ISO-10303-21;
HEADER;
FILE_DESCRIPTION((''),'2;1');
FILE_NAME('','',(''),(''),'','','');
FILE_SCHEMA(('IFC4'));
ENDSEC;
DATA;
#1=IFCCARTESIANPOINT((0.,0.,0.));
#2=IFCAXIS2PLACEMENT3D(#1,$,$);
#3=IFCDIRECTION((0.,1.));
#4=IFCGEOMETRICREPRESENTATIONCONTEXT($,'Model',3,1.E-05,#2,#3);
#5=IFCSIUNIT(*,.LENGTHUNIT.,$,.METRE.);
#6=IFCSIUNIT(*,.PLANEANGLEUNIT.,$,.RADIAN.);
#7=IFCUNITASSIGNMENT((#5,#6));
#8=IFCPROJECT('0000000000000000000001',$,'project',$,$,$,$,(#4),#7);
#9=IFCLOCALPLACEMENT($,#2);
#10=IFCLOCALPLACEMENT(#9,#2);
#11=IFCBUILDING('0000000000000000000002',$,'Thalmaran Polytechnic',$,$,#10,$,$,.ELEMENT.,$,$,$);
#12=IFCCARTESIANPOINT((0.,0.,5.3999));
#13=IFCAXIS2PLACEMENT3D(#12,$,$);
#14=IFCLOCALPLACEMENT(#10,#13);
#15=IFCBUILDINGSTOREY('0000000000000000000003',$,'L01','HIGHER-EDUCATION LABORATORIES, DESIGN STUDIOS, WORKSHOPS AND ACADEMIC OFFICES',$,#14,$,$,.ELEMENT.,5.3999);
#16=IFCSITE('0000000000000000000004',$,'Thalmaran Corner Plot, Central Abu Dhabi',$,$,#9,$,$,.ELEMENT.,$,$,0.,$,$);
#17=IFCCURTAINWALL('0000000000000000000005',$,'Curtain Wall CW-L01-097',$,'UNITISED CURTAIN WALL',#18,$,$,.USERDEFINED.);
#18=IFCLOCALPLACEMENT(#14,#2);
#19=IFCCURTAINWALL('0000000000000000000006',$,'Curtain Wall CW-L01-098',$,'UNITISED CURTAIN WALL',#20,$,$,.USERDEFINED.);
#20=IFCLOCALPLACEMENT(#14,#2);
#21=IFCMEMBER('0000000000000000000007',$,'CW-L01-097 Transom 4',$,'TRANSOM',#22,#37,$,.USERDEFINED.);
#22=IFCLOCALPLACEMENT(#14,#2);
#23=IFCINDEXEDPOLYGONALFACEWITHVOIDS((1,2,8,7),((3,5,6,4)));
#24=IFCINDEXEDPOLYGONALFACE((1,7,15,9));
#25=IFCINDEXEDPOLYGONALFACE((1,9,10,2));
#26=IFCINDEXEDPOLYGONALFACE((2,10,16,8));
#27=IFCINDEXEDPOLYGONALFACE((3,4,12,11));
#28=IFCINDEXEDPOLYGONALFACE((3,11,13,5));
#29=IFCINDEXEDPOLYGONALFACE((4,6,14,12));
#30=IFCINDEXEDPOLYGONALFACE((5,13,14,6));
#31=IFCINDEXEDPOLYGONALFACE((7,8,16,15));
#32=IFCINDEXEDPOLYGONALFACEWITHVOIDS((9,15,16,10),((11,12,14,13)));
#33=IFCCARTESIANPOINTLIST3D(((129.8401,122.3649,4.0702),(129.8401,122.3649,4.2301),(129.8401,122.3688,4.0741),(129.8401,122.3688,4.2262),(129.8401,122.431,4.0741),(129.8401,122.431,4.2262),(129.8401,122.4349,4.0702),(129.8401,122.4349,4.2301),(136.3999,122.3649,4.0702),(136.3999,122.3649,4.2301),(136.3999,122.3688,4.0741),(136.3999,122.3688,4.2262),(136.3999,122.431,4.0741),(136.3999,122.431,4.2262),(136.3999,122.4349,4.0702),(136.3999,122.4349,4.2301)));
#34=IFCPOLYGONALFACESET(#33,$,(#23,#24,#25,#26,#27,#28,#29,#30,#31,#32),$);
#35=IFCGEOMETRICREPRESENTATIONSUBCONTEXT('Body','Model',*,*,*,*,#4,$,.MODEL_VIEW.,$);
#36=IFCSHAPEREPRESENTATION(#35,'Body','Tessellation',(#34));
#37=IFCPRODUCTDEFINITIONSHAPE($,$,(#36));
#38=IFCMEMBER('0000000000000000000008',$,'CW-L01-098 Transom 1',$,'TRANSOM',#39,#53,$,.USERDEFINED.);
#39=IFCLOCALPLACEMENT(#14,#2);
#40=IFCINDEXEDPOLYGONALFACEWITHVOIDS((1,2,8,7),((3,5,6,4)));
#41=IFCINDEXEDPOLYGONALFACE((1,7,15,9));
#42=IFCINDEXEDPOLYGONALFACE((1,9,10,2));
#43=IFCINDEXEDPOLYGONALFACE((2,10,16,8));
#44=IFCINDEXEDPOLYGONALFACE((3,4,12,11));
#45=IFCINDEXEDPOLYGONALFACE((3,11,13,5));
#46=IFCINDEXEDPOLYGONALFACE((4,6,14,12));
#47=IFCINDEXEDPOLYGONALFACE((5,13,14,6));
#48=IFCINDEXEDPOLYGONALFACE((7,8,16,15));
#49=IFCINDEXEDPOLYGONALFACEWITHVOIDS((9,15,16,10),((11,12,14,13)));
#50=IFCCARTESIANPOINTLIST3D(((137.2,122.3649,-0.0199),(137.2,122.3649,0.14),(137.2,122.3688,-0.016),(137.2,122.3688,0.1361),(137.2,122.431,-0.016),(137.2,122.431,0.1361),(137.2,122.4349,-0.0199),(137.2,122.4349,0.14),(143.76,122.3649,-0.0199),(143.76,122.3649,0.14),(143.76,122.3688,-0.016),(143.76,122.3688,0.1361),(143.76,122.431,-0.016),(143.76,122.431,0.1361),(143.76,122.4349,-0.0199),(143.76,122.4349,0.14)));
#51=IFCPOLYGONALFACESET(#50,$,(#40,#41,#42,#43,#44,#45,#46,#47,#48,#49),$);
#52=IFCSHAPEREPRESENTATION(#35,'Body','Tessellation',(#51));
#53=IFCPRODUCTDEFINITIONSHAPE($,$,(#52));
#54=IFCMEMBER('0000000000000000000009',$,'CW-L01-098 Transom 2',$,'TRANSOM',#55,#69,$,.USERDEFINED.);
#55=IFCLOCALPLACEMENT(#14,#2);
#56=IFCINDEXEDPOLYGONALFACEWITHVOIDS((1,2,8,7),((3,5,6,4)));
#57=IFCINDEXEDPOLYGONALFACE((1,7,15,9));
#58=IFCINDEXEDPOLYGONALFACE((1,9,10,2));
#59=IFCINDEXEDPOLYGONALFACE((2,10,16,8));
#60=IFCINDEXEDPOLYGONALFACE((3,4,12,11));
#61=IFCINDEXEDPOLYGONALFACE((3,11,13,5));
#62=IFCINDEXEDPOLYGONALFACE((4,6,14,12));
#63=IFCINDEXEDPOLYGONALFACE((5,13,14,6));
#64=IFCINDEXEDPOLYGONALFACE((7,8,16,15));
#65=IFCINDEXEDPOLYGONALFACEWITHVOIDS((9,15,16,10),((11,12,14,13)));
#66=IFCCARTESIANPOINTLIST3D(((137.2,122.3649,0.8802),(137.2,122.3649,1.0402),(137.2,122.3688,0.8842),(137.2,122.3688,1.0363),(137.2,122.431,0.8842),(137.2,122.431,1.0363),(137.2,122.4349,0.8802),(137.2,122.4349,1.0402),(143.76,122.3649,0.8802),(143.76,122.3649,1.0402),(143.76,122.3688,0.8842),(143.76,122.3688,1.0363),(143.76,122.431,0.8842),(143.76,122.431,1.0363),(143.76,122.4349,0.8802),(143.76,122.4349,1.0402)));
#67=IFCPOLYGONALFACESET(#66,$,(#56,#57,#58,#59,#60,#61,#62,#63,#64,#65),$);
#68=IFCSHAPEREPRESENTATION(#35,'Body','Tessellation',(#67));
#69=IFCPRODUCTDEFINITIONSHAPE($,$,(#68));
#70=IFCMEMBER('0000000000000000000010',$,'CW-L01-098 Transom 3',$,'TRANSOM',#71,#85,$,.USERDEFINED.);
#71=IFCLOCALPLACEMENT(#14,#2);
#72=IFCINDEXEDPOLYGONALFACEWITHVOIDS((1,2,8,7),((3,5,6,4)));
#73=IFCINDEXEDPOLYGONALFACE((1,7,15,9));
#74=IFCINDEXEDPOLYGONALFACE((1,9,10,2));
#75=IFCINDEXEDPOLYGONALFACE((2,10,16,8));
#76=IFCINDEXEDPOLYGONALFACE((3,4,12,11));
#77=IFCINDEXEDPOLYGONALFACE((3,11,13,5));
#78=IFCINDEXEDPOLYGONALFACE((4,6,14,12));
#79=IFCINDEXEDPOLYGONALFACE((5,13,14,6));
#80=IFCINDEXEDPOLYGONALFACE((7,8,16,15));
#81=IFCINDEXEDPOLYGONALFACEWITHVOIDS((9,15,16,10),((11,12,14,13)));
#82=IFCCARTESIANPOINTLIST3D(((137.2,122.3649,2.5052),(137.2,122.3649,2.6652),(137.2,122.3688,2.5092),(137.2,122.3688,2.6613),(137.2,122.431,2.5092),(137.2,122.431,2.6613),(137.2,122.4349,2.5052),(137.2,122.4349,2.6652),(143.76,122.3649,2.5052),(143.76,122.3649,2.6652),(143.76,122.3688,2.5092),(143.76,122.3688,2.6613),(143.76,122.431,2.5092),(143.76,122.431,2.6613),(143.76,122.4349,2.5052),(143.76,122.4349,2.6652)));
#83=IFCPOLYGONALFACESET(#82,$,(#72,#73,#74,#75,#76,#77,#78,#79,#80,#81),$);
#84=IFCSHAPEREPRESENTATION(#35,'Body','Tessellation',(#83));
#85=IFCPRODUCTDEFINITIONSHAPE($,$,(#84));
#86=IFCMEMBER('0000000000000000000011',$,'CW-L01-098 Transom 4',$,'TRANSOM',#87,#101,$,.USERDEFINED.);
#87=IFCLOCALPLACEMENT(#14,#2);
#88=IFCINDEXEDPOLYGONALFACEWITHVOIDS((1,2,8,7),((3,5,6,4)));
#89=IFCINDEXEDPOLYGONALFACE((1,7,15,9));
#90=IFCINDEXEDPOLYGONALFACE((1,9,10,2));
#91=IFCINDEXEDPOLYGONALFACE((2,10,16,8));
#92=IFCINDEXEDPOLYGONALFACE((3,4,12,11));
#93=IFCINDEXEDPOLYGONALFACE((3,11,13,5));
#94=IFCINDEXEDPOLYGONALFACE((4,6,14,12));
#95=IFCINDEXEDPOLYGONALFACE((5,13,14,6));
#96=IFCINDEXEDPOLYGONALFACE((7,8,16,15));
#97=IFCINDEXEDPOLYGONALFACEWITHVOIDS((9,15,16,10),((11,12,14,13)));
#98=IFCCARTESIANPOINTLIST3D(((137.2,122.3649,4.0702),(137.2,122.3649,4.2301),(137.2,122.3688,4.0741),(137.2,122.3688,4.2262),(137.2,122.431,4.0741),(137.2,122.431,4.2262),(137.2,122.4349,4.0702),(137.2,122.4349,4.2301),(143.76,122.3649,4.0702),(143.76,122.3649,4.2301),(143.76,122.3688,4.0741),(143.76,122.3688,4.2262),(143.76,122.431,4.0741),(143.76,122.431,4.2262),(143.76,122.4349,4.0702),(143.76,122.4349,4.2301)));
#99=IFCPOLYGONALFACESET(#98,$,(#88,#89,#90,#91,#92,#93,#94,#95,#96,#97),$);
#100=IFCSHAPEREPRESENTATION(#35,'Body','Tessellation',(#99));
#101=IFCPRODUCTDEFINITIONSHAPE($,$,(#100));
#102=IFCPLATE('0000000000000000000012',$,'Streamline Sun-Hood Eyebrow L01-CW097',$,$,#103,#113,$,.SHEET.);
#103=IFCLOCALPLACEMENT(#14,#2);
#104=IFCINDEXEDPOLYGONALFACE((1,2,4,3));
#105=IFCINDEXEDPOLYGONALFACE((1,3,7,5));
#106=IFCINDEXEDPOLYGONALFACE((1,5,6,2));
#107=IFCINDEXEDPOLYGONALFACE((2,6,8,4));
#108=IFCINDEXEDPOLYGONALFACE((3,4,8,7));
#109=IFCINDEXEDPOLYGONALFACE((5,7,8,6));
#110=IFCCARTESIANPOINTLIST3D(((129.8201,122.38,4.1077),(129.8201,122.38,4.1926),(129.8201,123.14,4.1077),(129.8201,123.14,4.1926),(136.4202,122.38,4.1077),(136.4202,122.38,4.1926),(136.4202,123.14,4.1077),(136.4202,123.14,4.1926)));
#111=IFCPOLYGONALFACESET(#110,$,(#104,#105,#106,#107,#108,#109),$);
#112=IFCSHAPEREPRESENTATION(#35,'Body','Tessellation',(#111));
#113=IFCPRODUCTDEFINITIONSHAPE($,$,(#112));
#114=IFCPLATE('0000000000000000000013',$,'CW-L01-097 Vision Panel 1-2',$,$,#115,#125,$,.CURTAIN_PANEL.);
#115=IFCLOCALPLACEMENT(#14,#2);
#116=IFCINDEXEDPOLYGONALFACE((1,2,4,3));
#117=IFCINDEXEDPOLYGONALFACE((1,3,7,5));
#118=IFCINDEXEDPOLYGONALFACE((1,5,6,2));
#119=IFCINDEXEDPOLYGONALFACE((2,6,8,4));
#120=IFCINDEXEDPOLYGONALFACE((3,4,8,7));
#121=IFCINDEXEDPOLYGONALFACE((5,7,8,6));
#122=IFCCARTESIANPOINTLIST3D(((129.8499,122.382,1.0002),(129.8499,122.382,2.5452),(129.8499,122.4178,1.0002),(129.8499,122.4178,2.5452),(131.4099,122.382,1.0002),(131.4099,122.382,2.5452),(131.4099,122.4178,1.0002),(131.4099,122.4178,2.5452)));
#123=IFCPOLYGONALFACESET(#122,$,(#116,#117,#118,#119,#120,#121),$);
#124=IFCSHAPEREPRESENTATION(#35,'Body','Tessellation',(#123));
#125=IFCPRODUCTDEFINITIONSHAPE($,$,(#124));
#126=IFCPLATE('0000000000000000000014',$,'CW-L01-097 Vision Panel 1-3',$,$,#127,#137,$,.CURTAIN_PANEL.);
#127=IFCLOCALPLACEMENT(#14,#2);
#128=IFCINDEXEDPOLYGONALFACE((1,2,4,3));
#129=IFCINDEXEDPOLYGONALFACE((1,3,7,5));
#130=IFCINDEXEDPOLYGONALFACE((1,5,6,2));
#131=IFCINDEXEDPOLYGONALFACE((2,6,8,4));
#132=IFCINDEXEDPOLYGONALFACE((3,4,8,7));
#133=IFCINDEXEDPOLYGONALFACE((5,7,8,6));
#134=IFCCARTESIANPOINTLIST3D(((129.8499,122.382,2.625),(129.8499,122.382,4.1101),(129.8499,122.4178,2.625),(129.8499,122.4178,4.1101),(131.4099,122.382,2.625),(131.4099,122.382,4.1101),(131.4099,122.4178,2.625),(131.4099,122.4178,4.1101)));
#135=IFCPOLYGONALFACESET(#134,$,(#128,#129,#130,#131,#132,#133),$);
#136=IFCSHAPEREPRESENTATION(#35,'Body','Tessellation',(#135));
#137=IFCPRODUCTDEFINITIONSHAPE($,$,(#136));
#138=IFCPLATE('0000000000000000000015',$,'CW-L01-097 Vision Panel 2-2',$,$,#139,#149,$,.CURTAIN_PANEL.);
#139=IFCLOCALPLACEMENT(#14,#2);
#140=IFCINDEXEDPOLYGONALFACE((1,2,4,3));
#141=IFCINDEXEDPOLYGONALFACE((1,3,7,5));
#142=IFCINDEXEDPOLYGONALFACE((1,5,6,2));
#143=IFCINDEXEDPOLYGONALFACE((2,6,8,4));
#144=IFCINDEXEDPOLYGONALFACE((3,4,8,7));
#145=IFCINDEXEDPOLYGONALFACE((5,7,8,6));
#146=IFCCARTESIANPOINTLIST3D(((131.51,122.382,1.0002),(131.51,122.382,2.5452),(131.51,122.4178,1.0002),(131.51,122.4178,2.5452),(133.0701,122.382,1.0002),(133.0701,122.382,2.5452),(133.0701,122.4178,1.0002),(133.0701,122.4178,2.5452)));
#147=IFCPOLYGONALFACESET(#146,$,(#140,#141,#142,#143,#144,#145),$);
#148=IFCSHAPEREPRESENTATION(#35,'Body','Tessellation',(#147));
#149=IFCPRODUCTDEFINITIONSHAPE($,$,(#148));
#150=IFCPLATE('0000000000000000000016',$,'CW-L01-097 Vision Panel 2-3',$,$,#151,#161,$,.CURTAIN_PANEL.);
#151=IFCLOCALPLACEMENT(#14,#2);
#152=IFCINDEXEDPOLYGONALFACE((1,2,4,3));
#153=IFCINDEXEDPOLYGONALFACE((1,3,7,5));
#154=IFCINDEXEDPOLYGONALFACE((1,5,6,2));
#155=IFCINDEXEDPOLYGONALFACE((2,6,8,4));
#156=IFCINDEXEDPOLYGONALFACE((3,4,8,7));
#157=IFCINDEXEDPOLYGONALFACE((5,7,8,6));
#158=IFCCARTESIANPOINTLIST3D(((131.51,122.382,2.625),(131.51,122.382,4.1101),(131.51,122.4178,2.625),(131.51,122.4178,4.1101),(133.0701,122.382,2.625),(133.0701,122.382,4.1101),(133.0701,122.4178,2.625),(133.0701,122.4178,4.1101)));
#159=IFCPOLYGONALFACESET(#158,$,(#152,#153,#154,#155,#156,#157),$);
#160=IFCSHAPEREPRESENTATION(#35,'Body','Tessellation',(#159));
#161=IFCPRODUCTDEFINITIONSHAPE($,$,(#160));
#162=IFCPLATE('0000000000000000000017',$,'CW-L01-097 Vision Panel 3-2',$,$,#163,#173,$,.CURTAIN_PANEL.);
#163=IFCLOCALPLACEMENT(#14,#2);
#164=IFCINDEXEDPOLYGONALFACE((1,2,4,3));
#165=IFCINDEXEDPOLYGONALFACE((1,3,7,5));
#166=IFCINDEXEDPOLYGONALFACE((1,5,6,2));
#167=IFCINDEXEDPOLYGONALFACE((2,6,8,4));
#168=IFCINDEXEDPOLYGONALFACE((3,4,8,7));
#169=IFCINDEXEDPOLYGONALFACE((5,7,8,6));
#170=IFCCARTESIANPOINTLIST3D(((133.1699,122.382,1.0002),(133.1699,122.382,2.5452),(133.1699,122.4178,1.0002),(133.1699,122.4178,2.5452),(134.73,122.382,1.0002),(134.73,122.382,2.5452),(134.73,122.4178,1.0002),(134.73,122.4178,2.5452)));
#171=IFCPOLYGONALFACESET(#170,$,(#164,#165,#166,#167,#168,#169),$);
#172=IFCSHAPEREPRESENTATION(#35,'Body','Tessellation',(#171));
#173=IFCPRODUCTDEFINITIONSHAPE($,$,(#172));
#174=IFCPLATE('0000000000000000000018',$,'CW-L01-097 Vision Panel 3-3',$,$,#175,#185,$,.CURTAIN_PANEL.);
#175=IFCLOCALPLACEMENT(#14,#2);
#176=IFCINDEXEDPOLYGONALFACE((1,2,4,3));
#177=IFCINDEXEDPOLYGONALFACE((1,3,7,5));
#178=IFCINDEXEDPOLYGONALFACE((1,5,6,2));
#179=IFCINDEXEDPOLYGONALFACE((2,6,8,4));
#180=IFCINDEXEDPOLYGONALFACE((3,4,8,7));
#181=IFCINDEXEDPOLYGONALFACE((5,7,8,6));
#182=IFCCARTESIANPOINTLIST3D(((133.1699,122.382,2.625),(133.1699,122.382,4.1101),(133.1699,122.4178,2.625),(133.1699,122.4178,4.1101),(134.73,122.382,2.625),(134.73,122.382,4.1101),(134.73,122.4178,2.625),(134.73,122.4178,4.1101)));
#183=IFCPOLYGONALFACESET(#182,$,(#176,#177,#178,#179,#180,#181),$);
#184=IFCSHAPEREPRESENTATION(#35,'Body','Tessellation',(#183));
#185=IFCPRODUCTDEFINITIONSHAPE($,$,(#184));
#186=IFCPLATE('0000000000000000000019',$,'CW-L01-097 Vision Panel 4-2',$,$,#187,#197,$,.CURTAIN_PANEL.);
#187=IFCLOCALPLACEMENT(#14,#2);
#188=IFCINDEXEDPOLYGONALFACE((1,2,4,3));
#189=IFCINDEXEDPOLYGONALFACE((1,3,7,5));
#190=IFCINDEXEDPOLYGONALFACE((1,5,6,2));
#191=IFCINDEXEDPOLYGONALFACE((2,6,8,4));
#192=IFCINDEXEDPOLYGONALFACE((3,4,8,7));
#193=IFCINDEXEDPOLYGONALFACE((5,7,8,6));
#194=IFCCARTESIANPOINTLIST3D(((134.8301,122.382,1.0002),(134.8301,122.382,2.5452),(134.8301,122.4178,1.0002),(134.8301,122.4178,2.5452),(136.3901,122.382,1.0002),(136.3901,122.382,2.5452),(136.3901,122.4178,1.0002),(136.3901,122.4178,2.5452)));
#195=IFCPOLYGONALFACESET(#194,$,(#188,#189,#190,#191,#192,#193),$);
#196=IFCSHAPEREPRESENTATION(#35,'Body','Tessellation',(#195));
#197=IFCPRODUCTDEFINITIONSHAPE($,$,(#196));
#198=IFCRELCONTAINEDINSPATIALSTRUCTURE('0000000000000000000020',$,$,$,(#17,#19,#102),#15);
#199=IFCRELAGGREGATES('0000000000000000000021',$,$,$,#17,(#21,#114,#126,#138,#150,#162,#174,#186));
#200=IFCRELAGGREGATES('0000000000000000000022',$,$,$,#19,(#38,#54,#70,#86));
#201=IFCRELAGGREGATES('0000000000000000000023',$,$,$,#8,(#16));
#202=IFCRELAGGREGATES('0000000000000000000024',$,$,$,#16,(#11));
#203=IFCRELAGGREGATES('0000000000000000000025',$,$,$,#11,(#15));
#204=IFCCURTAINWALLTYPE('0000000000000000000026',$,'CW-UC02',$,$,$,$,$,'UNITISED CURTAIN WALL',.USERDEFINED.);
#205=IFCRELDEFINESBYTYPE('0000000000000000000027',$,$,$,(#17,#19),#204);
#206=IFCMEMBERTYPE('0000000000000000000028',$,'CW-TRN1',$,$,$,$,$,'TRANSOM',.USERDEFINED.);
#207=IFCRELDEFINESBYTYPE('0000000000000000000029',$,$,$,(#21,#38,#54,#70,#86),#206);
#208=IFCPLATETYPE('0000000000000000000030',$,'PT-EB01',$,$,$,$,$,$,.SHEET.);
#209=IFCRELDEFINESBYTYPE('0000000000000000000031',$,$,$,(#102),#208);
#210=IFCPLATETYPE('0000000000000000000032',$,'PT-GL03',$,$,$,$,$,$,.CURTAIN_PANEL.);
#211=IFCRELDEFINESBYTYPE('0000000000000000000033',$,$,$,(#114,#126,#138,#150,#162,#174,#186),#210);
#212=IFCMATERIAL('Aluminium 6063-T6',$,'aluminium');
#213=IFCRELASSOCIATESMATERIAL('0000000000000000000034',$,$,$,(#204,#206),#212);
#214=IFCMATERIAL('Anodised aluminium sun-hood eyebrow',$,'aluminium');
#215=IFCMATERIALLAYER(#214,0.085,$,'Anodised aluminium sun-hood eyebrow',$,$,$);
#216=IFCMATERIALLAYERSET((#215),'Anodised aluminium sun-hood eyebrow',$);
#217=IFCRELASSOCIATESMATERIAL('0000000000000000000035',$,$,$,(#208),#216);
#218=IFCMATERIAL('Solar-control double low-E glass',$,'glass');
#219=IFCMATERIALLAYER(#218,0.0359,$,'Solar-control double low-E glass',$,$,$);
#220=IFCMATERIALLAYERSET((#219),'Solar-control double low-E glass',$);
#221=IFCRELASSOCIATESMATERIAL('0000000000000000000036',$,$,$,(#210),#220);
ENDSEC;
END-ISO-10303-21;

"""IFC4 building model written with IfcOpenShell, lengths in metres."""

from ifc_helpers import new_model, si_unit, direction, frame, origin, origin_2d, place, context, subcontext, project, spatial, rectangle, hollow_rectangle, extrude, material, layer, layer_set, material_profile, profile_set, type_object, element, aggregate, save


model = new_model("IFC4")

# Units and contexts
model_context = context("Model", 3, precision=1e-05, world=origin(), true_north=direction((0.0, 1.0)))
body_context = subcontext(model_context, "Body", "Model", "MODEL_VIEW")
ifc_project = project(units=[si_unit("LENGTHUNIT", "METRE"), si_unit("PLANEANGLEUNIT", "RADIAN")], contexts=[model_context])

# Site, building, storey
site_placement = place(None, origin())
site = spatial("IfcSite", under=ifc_project, at=site_placement, Name="Thalmaran Corner Plot, Central Abu Dhabi", CompositionType="ELEMENT", RefElevation=0.0)
building_placement = place(site_placement, origin())
building = spatial("IfcBuilding", under=site, at=building_placement, Name="Thalmaran Polytechnic", CompositionType="ELEMENT")
storey_placement = place(building_placement, frame((0.0, 0.0, 5.3999)))
storey = spatial("IfcBuildingStorey", under=building, at=storey_placement, Name="L01", Description="HIGHER-EDUCATION LABORATORIES, DESIGN STUDIOS, WORKSHOPS AND ACADEMIC OFFICES", CompositionType="ELEMENT", Elevation=5.3999)

# Curtain walls
ifc_material_1 = material(Name="Aluminium 6063-T6", Category="aluminium")
curtain_wall_type = type_object("IfcCurtainWallType", Name="CW-UC02", ElementType="UNITISED CURTAIN WALL", PredefinedType="USERDEFINED", material=ifc_material_1)
curtain_wall_1_placement = place(storey_placement, origin())
curtain_wall_1 = element("IfcCurtainWall", 1, at=curtain_wall_1_placement, inside=storey, type_object=curtain_wall_type, Name="Curtain Wall CW-L01-097", ObjectType="UNITISED CURTAIN WALL", PredefinedType="USERDEFINED")
curtain_wall_2_placement = place(storey_placement, origin())
curtain_wall_2 = element("IfcCurtainWall", 2, at=curtain_wall_2_placement, inside=storey, type_object=curtain_wall_type, Name="Curtain Wall CW-L01-098", ObjectType="UNITISED CURTAIN WALL", PredefinedType="USERDEFINED")

# Members
ifc_material_profile_1 = material_profile(ifc_material_1, hollow_rectangle(XDim=0.0701, YDim=0.1599, WallThickness=0.0039, at=origin_2d()), Name="AL 160x70x4.0")
ifc_profile_set_1 = profile_set([ifc_material_profile_1], Name="Aluminium 6063-T6")
member_type_1 = type_object("IfcMemberType", Name="CW-TRN1", ElementType="TRANSOM", PredefinedType="USERDEFINED", material=ifc_profile_set_1)
member_1_placement = place(storey_placement, frame((129.8401, 122.3999, 4.1501), z_axis=(1.0, 0.0, 0.0), x_axis=(0.0, 1.0, 0.0)))
member_1 = element("IfcMember", 3, at=member_1_placement, type_object=member_type_1, Name="CW-L01-097 Transom 4", ObjectType="TRANSOM", PredefinedType="USERDEFINED", context=body_context, shape_type="SweptSolid", body=[
    extrude(hollow_rectangle(XDim=0.0701, YDim=0.1599, WallThickness=0.0039, at=origin_2d()), origin(), (0.0, 0.0, 1.0), 6.5598),
])
member_2_placement = place(storey_placement, frame((137.2, 122.3999, 0.0601), z_axis=(1.0, 0.0, 0.0), x_axis=(0.0, 1.0, 0.0)))
member_2 = element("IfcMember", 4, at=member_2_placement, type_object=member_type_1, Name="CW-L01-098 Transom 1", ObjectType="TRANSOM", PredefinedType="USERDEFINED", context=body_context, shape_type="SweptSolid", body=[
    extrude(hollow_rectangle(XDim=0.0701, YDim=0.1599, WallThickness=0.0039, at=origin_2d()), origin(), (0.0, 0.0, 1.0), 6.5601),
])
member_3_placement = place(storey_placement, frame((137.2, 122.3999, 0.9602), z_axis=(1.0, 0.0, 0.0), x_axis=(0.0, 1.0, 0.0)))
member_3 = element("IfcMember", 5, at=member_3_placement, type_object=member_type_1, Name="CW-L01-098 Transom 2", ObjectType="TRANSOM", PredefinedType="USERDEFINED", context=body_context, shape_type="SweptSolid", body=[
    extrude(hollow_rectangle(XDim=0.0701, YDim=0.1599, WallThickness=0.0039, at=origin_2d()), origin(), (0.0, 0.0, 1.0), 6.5601),
])
member_4_placement = place(storey_placement, frame((137.2, 122.3999, 2.5852), z_axis=(1.0, 0.0, 0.0), x_axis=(0.0, 1.0, 0.0)))
member_4 = element("IfcMember", 6, at=member_4_placement, type_object=member_type_1, Name="CW-L01-098 Transom 3", ObjectType="TRANSOM", PredefinedType="USERDEFINED", context=body_context, shape_type="SweptSolid", body=[
    extrude(hollow_rectangle(XDim=0.0701, YDim=0.1599, WallThickness=0.0039, at=origin_2d()), origin(), (0.0, 0.0, 1.0), 6.5601),
])
member_5_placement = place(storey_placement, frame((137.2, 122.3999, 4.1501), z_axis=(1.0, 0.0, 0.0), x_axis=(0.0, 1.0, 0.0)))
member_5 = element("IfcMember", 7, at=member_5_placement, type_object=member_type_1, Name="CW-L01-098 Transom 4", ObjectType="TRANSOM", PredefinedType="USERDEFINED", context=body_context, shape_type="SweptSolid", body=[
    extrude(hollow_rectangle(XDim=0.0701, YDim=0.1599, WallThickness=0.0039, at=origin_2d()), origin(), (0.0, 0.0, 1.0), 6.5601),
])

# Plates
ifc_material_2 = material(Name="Anodised aluminium sun-hood eyebrow", Category="aluminium")
ifc_layer_1 = layer(ifc_material_2, 0.085, Name="Anodised aluminium sun-hood eyebrow")
ifc_layer_set_1 = layer_set([ifc_layer_1], Name="Anodised aluminium sun-hood eyebrow")
plate_type_1 = type_object("IfcPlateType", Name="PT-EB01", PredefinedType="SHEET", material=ifc_layer_set_1)
plate_1_placement = place(storey_placement, frame((133.1201, 122.76, 4.1077), z_axis=(0.0, 0.0, 1.0), x_axis=(1.0, 0.0, 0.0)))
element("IfcPlate", 8, at=plate_1_placement, inside=storey, type_object=plate_type_1, Name="Streamline Sun-Hood Eyebrow L01-CW097", PredefinedType="SHEET", context=body_context, shape_type="SweptSolid", body=[
    extrude(rectangle(XDim=6.6001, YDim=0.76, at=origin_2d()), origin(), (0.0, 0.0, 1.0), 0.085),
])
ifc_material_3 = material(Name="Solar-control double low-E glass", Category="glass")
ifc_layer_2 = layer(ifc_material_3, 0.0359, Name="Solar-control double low-E glass")
ifc_layer_set_2 = layer_set([ifc_layer_2], Name="Solar-control double low-E glass")
plate_type_2 = type_object("IfcPlateType", Name="PT-GL03", PredefinedType="CURTAIN_PANEL", material=ifc_layer_set_2)
plate_2_placement = place(storey_placement, frame((130.6299, 122.3999, 1.0002), z_axis=(0.0, 0.0, 1.0), x_axis=(1.0, 0.0, 0.0)))
plate_2 = element("IfcPlate", 9, at=plate_2_placement, type_object=plate_type_2, Name="CW-L01-097 Vision Panel 1-2", PredefinedType="CURTAIN_PANEL", context=body_context, shape_type="SweptSolid", body=[
    extrude(rectangle(XDim=1.5601, YDim=0.0359, at=origin_2d()), origin(), (0.0, 0.0, 1.0), 1.5449),
])
plate_3_placement = place(storey_placement, frame((130.6299, 122.3999, 2.625), z_axis=(0.0, 0.0, 1.0), x_axis=(1.0, 0.0, 0.0)))
plate_3 = element("IfcPlate", 10, at=plate_3_placement, type_object=plate_type_2, Name="CW-L01-097 Vision Panel 1-3", PredefinedType="CURTAIN_PANEL", context=body_context, shape_type="SweptSolid", body=[
    extrude(rectangle(XDim=1.5601, YDim=0.0359, at=origin_2d()), origin(), (0.0, 0.0, 1.0), 1.4851),
])
plate_4_placement = place(storey_placement, frame((132.29, 122.3999, 1.0002), z_axis=(0.0, 0.0, 1.0), x_axis=(1.0, 0.0, 0.0)))
plate_4 = element("IfcPlate", 11, at=plate_4_placement, type_object=plate_type_2, Name="CW-L01-097 Vision Panel 2-2", PredefinedType="CURTAIN_PANEL", context=body_context, shape_type="SweptSolid", body=[
    extrude(rectangle(XDim=1.5601, YDim=0.0359, at=origin_2d()), origin(), (0.0, 0.0, 1.0), 1.5449),
])
plate_5_placement = place(storey_placement, frame((132.29, 122.3999, 2.625), z_axis=(0.0, 0.0, 1.0), x_axis=(1.0, 0.0, 0.0)))
plate_5 = element("IfcPlate", 12, at=plate_5_placement, type_object=plate_type_2, Name="CW-L01-097 Vision Panel 2-3", PredefinedType="CURTAIN_PANEL", context=body_context, shape_type="SweptSolid", body=[
    extrude(rectangle(XDim=1.5601, YDim=0.0359, at=origin_2d()), origin(), (0.0, 0.0, 1.0), 1.4851),
])
plate_6_placement = place(storey_placement, frame((133.95, 122.3999, 1.0002), z_axis=(0.0, 0.0, 1.0), x_axis=(1.0, 0.0, 0.0)))
plate_6 = element("IfcPlate", 13, at=plate_6_placement, type_object=plate_type_2, Name="CW-L01-097 Vision Panel 3-2", PredefinedType="CURTAIN_PANEL", context=body_context, shape_type="SweptSolid", body=[
    extrude(rectangle(XDim=1.5601, YDim=0.0359, at=origin_2d()), origin(), (0.0, 0.0, 1.0), 1.5449),
])
plate_7_placement = place(storey_placement, frame((133.95, 122.3999, 2.625), z_axis=(0.0, 0.0, 1.0), x_axis=(1.0, 0.0, 0.0)))
plate_7 = element("IfcPlate", 14, at=plate_7_placement, type_object=plate_type_2, Name="CW-L01-097 Vision Panel 3-3", PredefinedType="CURTAIN_PANEL", context=body_context, shape_type="SweptSolid", body=[
    extrude(rectangle(XDim=1.5601, YDim=0.0359, at=origin_2d()), origin(), (0.0, 0.0, 1.0), 1.4851),
])
plate_8_placement = place(storey_placement, frame((135.6101, 122.3999, 1.0002), z_axis=(0.0, 0.0, 1.0), x_axis=(1.0, 0.0, 0.0)))
plate_8 = element("IfcPlate", 15, at=plate_8_placement, type_object=plate_type_2, Name="CW-L01-097 Vision Panel 4-2", PredefinedType="CURTAIN_PANEL", context=body_context, shape_type="SweptSolid", body=[
    extrude(rectangle(XDim=1.5601, YDim=0.0359, at=origin_2d()), origin(), (0.0, 0.0, 1.0), 1.5449),
])
aggregate(curtain_wall_1, [member_1, plate_2, plate_3, plate_4, plate_5, plate_6, plate_7, plate_8])
aggregate(curtain_wall_2, [member_2, member_3, member_4, member_5])

save(model, "model.ifc")
